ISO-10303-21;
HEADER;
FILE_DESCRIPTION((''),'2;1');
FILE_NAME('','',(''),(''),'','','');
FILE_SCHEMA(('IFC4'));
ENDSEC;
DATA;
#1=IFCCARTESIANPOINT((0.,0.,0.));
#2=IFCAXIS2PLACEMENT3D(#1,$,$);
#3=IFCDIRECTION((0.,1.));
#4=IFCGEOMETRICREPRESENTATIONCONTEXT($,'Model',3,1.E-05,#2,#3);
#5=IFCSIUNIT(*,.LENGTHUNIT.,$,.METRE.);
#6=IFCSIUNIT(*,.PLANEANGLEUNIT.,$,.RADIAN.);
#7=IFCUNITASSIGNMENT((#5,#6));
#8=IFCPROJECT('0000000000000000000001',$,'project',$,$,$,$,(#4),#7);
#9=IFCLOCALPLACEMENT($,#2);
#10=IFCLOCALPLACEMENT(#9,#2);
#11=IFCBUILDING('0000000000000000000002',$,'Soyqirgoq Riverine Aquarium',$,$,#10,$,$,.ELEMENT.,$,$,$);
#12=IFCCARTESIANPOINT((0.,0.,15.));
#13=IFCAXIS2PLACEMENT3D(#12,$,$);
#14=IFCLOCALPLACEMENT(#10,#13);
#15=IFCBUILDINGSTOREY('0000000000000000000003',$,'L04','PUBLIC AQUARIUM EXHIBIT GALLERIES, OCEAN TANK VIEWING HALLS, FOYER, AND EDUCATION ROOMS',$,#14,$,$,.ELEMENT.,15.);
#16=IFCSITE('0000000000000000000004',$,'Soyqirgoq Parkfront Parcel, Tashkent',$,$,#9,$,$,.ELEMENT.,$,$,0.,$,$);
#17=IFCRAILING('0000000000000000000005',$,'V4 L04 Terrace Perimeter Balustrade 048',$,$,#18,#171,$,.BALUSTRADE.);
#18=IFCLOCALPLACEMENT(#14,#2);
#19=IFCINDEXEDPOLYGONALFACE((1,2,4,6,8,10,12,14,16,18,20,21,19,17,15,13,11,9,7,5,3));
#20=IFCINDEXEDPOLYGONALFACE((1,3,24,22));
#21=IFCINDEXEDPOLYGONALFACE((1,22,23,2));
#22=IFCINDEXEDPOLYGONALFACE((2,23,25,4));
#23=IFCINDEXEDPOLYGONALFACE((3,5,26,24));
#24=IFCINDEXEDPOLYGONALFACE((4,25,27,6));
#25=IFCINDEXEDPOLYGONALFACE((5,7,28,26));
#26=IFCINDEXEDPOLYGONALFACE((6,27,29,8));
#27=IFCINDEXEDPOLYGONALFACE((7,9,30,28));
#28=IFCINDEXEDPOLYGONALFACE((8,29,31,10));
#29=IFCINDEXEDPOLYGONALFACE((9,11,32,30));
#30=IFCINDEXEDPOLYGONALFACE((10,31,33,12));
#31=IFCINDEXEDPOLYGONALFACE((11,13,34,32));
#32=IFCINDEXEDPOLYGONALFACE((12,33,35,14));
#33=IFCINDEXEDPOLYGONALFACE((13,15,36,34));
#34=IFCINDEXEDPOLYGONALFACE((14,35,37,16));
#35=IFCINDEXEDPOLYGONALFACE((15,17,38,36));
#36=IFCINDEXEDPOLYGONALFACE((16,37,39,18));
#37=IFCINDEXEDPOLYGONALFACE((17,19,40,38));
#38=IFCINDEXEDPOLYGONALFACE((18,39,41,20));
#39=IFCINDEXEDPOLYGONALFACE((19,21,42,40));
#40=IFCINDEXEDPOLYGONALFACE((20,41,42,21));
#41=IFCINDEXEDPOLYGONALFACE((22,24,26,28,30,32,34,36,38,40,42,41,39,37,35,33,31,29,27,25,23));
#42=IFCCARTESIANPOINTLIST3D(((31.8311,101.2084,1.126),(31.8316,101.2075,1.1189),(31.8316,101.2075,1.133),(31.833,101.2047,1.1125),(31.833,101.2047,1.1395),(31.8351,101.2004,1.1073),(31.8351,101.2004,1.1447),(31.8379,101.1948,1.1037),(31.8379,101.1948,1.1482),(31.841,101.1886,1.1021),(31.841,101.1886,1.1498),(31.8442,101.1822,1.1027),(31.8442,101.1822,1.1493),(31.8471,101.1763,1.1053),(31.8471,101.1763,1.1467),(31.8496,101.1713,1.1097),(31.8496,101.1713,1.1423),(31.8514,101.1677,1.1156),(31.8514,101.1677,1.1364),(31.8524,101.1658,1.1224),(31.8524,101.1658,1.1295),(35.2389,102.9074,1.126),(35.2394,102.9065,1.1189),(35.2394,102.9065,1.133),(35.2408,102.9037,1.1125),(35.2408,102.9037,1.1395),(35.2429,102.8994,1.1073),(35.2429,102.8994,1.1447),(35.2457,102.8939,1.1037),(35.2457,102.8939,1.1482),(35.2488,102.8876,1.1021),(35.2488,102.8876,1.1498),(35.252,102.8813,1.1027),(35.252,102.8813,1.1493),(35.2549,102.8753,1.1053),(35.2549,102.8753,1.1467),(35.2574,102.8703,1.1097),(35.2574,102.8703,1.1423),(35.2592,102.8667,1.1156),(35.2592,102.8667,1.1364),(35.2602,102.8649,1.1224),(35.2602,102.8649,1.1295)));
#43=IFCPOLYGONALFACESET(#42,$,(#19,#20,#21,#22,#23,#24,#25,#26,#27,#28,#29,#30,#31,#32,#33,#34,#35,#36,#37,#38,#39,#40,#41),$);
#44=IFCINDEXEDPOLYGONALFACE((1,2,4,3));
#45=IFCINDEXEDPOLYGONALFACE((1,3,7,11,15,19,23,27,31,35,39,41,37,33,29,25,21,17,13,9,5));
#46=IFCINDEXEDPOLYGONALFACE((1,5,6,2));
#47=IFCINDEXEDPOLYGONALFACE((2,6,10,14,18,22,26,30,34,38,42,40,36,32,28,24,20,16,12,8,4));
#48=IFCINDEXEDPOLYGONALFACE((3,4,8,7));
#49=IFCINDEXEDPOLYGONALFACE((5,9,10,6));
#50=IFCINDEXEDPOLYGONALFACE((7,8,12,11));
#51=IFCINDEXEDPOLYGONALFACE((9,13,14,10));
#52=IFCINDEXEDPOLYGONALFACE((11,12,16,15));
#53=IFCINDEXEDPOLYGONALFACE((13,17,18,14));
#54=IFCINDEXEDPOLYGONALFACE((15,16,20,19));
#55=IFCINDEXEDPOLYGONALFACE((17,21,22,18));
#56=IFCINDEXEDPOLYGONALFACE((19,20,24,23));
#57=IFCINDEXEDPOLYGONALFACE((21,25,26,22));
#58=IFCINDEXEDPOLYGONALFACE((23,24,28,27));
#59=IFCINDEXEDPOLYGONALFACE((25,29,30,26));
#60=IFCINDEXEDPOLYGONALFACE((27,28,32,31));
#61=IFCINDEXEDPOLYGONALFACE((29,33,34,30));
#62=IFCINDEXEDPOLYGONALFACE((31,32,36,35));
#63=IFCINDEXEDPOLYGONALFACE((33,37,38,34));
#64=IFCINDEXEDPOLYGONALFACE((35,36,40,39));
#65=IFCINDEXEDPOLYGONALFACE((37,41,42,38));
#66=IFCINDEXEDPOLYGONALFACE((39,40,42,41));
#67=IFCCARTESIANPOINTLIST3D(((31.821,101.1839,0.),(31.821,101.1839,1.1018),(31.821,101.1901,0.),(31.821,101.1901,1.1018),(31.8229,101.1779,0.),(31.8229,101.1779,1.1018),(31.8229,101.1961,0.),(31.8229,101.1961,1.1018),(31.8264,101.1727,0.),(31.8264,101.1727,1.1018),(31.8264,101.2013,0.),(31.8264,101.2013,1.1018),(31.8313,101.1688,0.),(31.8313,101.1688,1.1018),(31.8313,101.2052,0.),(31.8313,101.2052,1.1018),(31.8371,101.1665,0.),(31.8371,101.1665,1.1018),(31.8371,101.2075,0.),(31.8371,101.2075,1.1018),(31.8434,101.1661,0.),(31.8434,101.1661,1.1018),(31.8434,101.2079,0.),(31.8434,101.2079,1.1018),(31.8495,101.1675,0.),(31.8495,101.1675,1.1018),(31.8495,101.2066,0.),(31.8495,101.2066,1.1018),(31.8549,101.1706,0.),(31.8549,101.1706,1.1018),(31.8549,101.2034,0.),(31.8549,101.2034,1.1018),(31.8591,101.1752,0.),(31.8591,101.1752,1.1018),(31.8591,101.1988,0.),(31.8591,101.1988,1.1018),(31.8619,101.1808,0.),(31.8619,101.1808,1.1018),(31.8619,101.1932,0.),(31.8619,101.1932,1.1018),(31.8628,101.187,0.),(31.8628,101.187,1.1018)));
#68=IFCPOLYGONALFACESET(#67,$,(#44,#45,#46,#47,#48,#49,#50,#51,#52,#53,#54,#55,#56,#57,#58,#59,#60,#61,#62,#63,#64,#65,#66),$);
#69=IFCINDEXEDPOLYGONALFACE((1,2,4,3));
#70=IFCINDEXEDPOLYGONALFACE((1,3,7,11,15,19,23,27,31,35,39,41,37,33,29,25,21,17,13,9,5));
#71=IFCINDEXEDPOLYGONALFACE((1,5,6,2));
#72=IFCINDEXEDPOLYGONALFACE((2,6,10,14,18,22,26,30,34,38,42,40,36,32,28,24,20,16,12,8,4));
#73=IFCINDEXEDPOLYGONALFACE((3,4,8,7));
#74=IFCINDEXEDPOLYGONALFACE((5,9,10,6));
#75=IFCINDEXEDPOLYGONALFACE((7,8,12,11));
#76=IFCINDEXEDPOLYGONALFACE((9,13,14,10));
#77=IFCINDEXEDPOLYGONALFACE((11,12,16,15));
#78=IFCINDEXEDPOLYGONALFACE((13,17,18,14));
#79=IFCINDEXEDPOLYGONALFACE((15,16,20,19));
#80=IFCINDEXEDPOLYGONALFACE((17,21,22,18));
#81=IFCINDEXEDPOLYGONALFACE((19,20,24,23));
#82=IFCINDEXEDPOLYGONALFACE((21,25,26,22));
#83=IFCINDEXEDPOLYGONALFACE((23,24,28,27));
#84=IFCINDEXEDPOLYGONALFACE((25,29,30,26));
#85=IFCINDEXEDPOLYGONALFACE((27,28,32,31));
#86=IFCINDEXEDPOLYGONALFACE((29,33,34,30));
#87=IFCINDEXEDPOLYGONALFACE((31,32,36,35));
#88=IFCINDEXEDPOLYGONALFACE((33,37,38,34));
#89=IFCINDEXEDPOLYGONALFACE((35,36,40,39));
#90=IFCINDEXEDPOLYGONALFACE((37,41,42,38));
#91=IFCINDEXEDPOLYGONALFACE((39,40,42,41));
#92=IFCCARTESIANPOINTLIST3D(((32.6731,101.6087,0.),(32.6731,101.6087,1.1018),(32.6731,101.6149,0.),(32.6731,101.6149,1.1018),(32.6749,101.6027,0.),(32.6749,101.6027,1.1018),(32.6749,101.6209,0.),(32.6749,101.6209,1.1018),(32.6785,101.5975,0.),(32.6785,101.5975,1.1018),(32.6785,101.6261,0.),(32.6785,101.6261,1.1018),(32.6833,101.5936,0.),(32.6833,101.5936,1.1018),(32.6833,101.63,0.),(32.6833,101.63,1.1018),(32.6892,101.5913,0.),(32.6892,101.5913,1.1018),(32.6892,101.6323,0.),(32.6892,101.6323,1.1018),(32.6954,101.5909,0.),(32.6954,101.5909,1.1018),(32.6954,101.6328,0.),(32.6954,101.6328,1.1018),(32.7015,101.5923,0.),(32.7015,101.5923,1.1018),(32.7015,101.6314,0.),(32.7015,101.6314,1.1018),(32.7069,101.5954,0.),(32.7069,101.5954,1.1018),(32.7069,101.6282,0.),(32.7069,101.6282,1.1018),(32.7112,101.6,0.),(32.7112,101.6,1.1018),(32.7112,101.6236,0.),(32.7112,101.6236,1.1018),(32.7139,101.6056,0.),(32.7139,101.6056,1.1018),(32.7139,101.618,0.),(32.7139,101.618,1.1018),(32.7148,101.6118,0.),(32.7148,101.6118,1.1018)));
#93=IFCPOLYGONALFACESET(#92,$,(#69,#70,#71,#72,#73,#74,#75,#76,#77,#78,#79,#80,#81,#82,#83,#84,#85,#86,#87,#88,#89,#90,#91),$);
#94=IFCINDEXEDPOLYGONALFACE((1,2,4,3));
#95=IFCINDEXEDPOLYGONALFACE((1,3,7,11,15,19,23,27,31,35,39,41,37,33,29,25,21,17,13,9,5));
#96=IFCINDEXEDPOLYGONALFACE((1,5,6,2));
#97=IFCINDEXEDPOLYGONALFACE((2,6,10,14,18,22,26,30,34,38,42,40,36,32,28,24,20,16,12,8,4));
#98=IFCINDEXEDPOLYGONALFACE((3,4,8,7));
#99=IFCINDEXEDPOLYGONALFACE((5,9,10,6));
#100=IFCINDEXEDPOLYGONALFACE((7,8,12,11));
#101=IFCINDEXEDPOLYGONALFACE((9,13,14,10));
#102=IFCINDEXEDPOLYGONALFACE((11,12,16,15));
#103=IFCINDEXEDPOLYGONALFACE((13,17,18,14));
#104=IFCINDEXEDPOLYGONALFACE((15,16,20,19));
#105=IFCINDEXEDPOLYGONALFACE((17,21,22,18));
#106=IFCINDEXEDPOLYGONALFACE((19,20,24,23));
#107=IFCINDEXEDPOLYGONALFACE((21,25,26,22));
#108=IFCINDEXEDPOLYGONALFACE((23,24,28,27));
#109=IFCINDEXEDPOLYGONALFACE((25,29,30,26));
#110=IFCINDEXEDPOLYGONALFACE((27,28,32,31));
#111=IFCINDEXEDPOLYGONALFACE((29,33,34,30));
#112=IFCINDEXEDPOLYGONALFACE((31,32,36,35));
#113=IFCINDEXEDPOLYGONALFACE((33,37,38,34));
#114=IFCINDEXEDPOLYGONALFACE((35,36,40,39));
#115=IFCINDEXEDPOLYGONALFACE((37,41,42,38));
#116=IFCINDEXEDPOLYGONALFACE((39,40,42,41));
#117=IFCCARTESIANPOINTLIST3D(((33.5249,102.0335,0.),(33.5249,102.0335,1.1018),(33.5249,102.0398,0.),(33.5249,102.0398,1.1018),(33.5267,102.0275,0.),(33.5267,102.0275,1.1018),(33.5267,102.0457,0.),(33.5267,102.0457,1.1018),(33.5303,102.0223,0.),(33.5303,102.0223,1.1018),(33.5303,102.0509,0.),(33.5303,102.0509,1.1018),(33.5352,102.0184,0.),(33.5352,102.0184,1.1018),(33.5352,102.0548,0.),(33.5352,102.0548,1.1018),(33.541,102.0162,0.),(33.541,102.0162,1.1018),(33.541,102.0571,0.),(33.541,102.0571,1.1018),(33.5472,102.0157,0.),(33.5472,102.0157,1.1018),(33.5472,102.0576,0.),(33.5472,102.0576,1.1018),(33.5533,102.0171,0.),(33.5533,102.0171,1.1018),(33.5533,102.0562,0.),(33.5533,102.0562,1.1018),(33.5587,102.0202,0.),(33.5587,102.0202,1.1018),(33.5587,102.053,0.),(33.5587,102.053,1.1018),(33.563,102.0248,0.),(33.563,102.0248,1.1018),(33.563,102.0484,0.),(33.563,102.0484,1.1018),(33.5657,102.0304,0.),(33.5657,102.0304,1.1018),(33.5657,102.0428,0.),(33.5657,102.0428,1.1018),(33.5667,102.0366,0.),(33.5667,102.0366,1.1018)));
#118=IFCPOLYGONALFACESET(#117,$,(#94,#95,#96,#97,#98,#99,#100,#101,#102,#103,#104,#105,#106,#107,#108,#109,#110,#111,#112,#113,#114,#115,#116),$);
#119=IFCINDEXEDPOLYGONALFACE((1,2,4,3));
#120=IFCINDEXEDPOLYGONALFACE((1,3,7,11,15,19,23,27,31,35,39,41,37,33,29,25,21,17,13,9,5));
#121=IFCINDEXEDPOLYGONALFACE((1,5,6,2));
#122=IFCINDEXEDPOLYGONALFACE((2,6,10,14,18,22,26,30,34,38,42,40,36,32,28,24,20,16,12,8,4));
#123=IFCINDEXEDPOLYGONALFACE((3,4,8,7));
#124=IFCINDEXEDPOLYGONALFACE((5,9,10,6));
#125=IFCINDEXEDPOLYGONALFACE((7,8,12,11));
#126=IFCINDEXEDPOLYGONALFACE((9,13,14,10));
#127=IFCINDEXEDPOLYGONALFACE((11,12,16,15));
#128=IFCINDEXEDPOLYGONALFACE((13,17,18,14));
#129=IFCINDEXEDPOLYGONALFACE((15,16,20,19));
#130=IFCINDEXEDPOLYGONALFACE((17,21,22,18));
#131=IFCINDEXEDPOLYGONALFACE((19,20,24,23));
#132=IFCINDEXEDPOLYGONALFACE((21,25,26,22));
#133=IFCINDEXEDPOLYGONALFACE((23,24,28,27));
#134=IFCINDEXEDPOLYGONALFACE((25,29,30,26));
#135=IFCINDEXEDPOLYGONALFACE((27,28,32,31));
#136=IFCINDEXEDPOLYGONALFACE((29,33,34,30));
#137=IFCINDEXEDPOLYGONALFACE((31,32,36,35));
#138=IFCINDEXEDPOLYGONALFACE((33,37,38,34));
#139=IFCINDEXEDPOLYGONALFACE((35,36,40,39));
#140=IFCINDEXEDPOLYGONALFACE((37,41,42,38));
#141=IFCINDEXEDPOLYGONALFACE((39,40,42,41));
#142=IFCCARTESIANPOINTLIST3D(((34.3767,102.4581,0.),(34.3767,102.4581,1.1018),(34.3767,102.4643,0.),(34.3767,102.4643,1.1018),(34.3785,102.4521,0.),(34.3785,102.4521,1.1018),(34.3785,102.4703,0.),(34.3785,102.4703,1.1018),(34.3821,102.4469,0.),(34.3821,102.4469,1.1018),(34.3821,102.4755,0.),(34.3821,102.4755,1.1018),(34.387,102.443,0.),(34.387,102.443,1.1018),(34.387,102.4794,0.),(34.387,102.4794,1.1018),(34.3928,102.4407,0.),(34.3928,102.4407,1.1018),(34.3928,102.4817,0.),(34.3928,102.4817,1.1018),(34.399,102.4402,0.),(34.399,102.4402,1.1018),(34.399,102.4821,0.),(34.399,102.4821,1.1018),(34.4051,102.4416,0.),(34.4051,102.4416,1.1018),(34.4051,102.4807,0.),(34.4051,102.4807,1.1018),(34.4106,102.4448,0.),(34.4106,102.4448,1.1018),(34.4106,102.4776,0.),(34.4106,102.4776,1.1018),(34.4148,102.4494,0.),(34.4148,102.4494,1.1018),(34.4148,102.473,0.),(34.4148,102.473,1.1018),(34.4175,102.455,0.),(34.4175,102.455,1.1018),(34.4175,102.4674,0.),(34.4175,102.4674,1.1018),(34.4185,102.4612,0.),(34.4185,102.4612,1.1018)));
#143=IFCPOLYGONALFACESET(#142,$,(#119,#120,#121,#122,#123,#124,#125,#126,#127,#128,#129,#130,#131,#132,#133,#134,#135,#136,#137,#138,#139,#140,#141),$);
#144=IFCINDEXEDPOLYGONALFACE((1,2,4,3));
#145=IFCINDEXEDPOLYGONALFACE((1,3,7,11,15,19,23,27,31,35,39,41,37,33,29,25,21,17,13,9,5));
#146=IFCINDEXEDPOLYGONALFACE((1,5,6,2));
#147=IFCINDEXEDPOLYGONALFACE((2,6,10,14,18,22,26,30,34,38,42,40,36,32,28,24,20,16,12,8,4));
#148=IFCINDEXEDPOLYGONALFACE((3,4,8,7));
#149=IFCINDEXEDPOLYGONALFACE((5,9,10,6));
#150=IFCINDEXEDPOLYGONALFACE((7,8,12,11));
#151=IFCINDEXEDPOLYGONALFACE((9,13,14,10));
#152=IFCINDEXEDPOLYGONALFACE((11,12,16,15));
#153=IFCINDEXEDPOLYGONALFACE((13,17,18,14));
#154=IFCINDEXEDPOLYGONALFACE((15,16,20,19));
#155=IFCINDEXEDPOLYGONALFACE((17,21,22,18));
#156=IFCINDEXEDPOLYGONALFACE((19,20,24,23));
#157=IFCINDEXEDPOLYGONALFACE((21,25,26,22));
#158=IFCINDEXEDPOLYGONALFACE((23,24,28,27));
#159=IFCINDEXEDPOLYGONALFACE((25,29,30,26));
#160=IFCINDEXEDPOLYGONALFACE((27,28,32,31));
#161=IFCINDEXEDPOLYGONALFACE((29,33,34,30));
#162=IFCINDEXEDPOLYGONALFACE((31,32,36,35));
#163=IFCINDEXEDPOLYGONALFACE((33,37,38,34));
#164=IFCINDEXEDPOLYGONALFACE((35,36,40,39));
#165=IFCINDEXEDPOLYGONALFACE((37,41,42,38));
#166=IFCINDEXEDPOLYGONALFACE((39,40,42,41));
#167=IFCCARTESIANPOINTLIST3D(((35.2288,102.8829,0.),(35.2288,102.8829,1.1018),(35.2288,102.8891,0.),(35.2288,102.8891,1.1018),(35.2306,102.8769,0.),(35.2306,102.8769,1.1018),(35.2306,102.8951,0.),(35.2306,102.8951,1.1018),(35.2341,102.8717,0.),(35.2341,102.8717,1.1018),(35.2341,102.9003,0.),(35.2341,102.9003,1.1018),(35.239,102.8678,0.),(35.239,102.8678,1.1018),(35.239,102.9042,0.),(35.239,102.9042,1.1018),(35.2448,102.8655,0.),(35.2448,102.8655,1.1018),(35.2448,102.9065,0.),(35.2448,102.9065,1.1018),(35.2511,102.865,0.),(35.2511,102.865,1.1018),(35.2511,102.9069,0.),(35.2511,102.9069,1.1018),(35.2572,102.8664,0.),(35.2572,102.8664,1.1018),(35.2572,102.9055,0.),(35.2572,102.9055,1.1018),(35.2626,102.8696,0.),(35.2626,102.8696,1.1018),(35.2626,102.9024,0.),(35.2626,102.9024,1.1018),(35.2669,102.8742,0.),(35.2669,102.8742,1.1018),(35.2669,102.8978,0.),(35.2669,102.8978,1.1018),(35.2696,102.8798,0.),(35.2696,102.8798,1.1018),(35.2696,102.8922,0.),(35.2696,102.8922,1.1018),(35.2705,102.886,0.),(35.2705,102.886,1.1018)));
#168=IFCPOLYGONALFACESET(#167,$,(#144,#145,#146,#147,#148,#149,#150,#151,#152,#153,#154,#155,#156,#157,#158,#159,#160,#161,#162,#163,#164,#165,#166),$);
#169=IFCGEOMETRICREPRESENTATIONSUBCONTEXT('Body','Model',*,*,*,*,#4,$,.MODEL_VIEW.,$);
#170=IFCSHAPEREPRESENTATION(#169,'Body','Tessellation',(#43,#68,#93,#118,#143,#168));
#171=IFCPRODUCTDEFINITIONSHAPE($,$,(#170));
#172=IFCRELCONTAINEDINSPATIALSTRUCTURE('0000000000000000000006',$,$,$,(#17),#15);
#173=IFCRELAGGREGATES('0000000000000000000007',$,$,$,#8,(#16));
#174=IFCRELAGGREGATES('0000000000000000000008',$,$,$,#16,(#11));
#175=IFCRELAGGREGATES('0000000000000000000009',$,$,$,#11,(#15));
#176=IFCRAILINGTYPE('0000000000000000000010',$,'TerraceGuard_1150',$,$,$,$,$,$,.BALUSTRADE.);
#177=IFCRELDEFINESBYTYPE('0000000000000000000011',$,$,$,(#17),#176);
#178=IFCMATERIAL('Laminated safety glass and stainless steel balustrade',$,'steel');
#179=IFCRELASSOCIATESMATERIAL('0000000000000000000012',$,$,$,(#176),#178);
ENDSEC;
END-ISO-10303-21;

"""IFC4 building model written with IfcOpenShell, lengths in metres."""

from ifc_helpers import new_model, si_unit, direction, frame, origin, origin_2d, place, context, subcontext, project, spatial, circle, extrude, material, type_object, element, save


model = new_model("IFC4")

# Units and contexts
model_context = context("Model", 3, precision=1e-05, world=origin(), true_north=direction((0.0, 1.0)))
body_context = subcontext(model_context, "Body", "Model", "MODEL_VIEW")
ifc_project = project(units=[si_unit("LENGTHUNIT", "METRE"), si_unit("PLANEANGLEUNIT", "RADIAN")], contexts=[model_context])

# Site, building, storey
site_placement = place(None, origin())
site = spatial("IfcSite", under=ifc_project, at=site_placement, Name="Soyqirgoq Parkfront Parcel, Tashkent", CompositionType="ELEMENT", RefElevation=0.0)
building_placement = place(site_placement, origin())
building = spatial("IfcBuilding", under=site, at=building_placement, Name="Soyqirgoq Riverine Aquarium", CompositionType="ELEMENT")
storey_placement = place(building_placement, frame((0.0, 0.0, 15.0)))
storey = spatial("IfcBuildingStorey", under=building, at=storey_placement, Name="L04", Description="PUBLIC AQUARIUM EXHIBIT GALLERIES, OCEAN TANK VIEWING HALLS, FOYER, AND EDUCATION ROOMS", CompositionType="ELEMENT", Elevation=15.0)

# Railing
ifc_material_1 = material(Name="Laminated safety glass and stainless steel balustrade", Category="steel")
railing_type = type_object("IfcRailingType", Name="TerraceGuard_1150", PredefinedType="BALUSTRADE", material=ifc_material_1)
railing_1_placement = place(storey_placement, frame((31.8418, 101.187, 0.0)))
element("IfcRailing", 1, at=railing_1_placement, inside=storey, type_object=railing_type, Name="V4 L04 Terrace Perimeter Balustrade 048", PredefinedType="BALUSTRADE", context=body_context, shape_type="SweptSolid", body=[
    extrude(circle(Radius=0.0239, at=origin_2d()), frame((0.0, 0.0, 1.126), z_axis=(0.89494, 0.446187, 0.0), x_axis=(-0.446187, 0.89494, 0.0)), (0.0, 0.0, 1.0), 3.8079),
    extrude(circle(Radius=0.021, at=origin_2d()), origin(), (0.0, 0.0, 1.0), 1.1018),
    extrude(circle(Radius=0.021, at=origin_2d()), frame((0.8521, 0.4248, 0.0)), (0.0, 0.0, 1.0), 1.1018),
    extrude(circle(Radius=0.021, at=origin_2d()), frame((1.7039, 0.8496, 0.0)), (0.0, 0.0, 1.0), 1.1018),
    extrude(circle(Radius=0.021, at=origin_2d()), frame((2.5557, 1.2742, 0.0)), (0.0, 0.0, 1.0), 1.1018),
    extrude(circle(Radius=0.021, at=origin_2d()), frame((3.4077, 1.699, 0.0)), (0.0, 0.0, 1.0), 1.1018),
])

save(model, "model.ifc")
